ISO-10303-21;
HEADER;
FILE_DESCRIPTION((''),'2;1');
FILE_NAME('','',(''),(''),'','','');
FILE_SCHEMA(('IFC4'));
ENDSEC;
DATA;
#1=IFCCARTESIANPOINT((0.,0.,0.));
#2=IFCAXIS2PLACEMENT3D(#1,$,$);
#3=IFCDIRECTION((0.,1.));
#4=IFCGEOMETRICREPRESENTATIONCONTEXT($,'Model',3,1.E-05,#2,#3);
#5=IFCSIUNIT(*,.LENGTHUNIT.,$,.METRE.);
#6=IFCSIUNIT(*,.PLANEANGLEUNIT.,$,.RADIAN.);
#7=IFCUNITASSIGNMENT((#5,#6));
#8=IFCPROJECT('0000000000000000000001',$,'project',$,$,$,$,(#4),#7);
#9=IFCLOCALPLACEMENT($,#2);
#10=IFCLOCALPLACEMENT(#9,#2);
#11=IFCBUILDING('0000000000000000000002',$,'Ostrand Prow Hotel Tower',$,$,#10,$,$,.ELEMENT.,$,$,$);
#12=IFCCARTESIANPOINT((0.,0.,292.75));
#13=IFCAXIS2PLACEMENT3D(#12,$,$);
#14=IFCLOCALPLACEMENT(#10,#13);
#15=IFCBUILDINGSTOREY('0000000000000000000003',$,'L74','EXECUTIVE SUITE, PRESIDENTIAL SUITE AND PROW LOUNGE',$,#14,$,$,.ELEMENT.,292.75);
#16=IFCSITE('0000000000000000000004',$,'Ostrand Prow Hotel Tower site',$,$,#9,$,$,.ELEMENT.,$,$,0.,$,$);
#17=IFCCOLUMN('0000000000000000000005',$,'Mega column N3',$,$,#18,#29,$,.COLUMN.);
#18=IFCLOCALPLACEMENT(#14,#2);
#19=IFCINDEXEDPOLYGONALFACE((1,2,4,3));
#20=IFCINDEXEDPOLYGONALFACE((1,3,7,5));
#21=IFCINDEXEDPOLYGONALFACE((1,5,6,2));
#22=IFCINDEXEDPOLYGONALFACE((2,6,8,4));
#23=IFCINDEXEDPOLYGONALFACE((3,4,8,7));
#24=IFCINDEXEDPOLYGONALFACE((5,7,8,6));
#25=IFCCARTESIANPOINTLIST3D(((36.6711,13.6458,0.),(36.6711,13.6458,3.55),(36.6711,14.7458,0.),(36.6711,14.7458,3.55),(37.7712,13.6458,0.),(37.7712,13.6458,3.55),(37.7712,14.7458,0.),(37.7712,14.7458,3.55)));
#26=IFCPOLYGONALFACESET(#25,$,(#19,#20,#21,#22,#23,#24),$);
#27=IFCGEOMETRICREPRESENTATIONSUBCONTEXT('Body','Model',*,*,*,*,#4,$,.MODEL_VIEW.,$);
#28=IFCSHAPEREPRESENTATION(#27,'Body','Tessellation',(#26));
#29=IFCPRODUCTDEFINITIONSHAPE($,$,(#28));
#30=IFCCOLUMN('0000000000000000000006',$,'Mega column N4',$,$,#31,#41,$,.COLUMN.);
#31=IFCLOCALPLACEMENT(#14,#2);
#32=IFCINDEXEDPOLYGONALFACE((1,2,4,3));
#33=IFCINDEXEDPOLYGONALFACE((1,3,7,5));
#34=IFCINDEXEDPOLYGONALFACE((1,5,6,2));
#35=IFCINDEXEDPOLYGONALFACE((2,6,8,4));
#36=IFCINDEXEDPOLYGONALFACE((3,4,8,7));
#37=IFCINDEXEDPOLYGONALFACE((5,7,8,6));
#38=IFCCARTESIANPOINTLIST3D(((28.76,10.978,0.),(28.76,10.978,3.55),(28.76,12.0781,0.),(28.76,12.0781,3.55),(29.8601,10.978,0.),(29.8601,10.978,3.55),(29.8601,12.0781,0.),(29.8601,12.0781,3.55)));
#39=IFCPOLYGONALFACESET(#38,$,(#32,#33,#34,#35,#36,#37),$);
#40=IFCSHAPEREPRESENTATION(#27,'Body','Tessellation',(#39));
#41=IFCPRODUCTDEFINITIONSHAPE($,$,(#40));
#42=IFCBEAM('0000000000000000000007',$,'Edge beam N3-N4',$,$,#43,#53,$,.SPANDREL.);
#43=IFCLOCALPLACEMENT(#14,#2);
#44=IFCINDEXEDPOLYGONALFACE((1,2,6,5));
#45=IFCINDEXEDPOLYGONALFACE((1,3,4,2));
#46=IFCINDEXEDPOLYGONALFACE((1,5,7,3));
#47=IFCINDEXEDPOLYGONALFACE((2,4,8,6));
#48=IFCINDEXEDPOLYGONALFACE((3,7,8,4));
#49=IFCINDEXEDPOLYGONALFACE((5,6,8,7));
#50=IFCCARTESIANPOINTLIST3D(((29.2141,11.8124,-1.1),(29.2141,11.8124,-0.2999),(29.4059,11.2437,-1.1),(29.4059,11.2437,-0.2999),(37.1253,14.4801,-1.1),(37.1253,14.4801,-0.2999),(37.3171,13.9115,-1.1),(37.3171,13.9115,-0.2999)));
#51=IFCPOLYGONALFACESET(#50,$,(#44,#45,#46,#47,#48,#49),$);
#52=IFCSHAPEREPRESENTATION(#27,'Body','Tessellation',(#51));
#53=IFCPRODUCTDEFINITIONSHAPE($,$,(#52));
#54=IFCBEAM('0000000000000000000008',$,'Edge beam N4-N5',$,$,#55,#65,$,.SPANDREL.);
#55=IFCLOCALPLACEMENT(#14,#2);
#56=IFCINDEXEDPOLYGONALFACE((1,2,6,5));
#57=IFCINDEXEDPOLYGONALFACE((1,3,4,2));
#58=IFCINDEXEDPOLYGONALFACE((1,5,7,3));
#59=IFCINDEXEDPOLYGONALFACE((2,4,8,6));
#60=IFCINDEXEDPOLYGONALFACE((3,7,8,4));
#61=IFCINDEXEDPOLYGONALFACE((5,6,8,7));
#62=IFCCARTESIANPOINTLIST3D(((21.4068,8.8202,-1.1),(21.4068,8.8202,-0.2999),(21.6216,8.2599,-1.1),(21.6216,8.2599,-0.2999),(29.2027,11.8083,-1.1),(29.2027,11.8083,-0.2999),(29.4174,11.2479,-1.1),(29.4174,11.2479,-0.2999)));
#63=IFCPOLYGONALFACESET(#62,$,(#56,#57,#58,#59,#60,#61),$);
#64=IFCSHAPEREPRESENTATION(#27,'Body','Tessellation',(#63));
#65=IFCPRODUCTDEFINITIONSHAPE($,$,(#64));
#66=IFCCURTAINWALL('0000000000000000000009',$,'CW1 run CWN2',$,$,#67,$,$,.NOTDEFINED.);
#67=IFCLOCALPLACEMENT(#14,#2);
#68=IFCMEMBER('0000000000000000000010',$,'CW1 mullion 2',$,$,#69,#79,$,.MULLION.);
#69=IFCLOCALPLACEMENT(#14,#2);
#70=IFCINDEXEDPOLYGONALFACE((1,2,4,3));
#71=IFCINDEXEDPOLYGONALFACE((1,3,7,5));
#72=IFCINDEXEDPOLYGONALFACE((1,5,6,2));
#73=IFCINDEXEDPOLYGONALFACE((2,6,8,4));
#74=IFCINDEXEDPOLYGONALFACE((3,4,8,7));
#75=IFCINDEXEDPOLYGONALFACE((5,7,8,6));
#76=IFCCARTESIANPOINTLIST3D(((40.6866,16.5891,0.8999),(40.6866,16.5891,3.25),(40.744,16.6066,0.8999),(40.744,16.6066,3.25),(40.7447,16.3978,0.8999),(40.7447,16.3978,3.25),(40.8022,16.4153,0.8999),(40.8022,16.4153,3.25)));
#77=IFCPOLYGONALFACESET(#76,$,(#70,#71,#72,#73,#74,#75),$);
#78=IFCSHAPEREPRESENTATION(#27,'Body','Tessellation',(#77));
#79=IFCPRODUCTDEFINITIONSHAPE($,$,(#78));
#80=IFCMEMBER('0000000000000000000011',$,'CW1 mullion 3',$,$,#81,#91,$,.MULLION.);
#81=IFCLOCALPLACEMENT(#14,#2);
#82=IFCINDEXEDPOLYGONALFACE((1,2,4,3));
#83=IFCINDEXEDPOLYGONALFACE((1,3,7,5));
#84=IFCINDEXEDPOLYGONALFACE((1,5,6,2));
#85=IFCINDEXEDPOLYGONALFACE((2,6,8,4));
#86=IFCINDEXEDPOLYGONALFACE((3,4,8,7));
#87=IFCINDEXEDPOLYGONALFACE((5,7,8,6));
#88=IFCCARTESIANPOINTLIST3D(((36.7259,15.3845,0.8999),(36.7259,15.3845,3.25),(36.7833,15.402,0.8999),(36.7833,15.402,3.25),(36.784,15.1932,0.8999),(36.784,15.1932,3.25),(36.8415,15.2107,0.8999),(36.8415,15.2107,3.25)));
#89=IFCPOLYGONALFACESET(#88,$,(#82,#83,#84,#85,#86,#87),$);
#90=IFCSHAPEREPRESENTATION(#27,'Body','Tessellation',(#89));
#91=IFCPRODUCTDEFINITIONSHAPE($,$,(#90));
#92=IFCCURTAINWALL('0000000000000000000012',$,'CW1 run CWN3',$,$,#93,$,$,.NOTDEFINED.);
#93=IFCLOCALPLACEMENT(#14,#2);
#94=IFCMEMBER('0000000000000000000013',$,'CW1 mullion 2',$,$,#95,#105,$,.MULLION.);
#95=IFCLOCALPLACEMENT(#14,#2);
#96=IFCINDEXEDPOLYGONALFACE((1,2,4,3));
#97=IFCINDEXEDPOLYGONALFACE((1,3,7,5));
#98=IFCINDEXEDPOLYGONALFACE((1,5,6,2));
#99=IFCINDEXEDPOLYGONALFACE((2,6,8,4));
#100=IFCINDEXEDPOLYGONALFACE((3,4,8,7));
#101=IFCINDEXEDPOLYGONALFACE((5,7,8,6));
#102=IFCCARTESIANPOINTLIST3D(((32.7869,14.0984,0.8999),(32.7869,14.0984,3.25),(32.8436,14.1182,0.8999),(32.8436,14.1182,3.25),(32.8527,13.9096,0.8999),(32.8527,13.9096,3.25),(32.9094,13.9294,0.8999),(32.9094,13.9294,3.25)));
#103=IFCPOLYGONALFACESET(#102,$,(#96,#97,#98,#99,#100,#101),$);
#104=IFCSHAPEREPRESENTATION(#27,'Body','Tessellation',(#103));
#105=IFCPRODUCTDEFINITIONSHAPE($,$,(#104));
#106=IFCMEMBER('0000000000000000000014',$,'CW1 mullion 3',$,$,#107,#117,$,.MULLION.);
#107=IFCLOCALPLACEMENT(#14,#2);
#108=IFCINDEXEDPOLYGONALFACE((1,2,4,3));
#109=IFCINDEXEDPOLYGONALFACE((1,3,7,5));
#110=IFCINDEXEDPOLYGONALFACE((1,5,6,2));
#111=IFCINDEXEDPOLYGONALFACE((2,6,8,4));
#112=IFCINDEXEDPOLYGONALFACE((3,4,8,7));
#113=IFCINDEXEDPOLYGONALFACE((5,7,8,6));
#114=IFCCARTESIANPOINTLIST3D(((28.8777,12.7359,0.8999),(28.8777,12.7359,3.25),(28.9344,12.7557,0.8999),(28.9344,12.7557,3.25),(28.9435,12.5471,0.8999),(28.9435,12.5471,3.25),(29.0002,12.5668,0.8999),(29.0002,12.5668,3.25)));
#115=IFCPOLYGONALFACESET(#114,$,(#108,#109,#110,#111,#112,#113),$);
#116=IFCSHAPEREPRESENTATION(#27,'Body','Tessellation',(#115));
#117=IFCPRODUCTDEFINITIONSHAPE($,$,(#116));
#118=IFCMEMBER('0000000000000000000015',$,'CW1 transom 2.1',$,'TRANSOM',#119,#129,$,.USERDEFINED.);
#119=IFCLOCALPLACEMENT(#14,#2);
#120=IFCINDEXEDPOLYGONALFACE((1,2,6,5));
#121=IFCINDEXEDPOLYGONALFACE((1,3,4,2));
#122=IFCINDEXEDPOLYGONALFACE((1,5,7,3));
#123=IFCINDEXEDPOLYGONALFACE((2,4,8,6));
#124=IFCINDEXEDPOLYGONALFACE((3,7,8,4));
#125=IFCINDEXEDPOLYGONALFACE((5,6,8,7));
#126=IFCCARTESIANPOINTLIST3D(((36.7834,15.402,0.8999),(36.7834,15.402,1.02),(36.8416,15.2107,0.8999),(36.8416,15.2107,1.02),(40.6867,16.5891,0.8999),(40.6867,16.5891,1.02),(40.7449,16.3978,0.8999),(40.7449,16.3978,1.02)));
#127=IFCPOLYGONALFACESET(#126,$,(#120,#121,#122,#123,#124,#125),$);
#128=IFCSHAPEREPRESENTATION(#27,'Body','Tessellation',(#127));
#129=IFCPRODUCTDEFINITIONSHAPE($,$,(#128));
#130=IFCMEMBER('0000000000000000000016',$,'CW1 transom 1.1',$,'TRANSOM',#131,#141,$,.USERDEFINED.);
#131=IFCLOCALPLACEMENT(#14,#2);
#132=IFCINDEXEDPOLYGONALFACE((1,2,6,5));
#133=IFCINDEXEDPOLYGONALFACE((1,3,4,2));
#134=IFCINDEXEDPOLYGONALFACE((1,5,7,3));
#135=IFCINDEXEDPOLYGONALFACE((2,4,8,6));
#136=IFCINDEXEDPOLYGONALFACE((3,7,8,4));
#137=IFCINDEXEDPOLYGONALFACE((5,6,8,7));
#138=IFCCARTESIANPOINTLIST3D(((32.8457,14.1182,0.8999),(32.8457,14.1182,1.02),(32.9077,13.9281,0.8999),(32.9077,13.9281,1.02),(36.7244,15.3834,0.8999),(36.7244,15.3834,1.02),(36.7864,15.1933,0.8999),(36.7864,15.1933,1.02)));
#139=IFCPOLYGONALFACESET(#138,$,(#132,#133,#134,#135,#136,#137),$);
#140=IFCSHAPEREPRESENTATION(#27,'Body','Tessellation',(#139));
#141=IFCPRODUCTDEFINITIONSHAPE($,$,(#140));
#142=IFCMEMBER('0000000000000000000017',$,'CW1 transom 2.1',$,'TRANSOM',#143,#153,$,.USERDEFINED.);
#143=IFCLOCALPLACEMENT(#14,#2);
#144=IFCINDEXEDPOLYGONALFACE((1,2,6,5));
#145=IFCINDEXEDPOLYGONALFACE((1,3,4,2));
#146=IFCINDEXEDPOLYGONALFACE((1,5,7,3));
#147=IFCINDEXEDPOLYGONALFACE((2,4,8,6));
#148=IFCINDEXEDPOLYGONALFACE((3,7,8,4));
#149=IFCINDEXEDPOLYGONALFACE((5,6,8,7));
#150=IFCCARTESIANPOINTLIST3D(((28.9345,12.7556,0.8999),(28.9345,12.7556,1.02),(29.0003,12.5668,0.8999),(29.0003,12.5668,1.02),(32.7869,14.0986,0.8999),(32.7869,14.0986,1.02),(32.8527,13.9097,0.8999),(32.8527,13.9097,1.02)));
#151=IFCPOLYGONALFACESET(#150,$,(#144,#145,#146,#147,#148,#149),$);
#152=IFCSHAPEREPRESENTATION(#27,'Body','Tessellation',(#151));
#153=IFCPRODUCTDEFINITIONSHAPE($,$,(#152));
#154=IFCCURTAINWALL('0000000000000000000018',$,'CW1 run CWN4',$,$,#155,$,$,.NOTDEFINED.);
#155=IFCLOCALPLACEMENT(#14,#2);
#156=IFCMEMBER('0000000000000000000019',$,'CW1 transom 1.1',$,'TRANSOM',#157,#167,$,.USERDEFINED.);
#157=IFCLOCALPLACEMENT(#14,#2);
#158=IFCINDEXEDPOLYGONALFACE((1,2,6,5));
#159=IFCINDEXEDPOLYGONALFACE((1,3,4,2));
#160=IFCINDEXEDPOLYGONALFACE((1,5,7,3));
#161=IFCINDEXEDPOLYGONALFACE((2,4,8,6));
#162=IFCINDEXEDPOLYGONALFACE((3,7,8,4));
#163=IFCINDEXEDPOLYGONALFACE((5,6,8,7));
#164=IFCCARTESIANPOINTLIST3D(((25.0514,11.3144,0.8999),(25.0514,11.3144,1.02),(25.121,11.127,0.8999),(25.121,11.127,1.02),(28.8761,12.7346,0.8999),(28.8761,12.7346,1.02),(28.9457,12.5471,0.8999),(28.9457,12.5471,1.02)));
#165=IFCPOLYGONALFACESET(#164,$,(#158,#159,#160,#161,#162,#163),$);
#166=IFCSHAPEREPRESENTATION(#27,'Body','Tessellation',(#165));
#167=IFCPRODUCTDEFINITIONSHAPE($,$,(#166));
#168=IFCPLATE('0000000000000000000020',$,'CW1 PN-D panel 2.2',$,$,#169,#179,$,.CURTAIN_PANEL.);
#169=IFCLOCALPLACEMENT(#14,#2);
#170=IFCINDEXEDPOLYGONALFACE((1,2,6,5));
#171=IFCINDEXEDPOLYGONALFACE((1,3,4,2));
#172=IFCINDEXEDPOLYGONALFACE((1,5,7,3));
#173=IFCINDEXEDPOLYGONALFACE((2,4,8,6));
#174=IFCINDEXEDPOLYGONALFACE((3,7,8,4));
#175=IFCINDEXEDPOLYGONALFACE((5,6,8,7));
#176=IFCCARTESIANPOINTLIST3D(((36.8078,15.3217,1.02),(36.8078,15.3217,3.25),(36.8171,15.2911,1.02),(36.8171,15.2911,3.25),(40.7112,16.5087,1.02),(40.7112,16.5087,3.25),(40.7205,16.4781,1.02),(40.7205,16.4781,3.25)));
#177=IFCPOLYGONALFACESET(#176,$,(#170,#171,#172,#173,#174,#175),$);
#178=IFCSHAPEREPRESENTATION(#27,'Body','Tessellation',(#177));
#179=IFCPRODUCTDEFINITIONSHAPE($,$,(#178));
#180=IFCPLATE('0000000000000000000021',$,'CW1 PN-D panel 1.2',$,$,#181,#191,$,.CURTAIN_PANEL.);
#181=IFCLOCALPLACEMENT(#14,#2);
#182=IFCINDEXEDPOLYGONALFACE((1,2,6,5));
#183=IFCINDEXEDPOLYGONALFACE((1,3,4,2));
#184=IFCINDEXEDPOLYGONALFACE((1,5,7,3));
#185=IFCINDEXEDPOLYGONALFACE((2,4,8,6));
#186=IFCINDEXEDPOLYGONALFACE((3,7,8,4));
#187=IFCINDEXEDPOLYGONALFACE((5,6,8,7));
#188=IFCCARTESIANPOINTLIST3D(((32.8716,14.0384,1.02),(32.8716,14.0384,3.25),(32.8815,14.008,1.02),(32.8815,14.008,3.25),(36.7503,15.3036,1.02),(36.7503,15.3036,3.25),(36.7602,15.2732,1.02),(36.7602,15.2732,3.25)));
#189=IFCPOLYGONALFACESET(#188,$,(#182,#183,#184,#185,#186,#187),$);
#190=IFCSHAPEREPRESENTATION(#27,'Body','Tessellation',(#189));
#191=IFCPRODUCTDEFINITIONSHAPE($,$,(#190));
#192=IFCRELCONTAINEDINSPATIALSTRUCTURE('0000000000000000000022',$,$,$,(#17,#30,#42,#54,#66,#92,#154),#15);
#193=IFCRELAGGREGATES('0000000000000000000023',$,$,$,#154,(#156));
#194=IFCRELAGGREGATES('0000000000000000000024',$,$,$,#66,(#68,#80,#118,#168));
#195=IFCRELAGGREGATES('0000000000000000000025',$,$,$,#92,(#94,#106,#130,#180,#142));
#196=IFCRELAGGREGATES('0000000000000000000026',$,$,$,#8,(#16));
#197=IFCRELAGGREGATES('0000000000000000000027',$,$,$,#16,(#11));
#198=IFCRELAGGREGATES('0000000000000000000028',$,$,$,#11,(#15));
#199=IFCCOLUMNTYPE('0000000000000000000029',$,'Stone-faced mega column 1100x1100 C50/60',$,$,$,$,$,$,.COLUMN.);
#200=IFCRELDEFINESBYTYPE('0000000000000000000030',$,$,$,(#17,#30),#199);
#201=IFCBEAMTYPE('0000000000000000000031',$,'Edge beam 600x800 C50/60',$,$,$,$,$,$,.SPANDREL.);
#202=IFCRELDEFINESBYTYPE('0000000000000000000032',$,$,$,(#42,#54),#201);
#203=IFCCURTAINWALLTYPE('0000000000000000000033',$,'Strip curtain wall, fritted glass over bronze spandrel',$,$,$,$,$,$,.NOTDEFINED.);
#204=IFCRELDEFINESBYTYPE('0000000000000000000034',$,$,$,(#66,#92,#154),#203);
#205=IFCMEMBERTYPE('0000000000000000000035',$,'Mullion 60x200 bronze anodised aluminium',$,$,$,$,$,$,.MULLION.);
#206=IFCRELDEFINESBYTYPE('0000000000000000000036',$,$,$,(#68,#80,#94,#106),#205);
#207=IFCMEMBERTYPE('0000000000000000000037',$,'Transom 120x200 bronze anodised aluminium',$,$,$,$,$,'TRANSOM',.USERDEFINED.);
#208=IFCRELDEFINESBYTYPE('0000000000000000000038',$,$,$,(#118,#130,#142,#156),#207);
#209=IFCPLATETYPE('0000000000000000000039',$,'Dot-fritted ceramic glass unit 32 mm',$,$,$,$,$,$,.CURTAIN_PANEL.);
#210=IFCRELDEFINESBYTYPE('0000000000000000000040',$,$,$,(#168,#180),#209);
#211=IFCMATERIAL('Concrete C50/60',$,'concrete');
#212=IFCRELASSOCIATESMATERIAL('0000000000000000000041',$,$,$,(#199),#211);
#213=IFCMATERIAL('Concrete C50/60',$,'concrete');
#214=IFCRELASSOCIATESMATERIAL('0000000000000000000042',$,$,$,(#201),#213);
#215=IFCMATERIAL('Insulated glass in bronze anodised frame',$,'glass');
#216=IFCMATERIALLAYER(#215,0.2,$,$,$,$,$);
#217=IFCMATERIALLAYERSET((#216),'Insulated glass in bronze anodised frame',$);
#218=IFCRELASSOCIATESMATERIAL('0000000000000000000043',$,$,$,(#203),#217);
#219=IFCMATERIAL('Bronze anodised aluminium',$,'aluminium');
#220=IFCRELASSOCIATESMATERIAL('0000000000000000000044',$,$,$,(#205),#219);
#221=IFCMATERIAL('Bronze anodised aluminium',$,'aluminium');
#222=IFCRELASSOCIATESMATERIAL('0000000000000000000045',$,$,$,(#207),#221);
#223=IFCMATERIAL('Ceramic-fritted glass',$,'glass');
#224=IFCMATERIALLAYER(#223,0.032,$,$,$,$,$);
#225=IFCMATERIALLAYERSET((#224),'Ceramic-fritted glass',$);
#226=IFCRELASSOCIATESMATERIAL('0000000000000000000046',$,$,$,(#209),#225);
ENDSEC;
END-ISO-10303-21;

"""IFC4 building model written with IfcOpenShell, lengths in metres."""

from ifc_helpers import new_model, si_unit, direction, frame, origin, origin_2d, place, context, subcontext, project, spatial, rectangle, extrude, material, layer, layer_set, material_profile, profile_set, type_object, element, aggregate, save


model = new_model("IFC4")

# Units and contexts
model_context = context("Model", 3, precision=1e-05, world=origin(), true_north=direction((0.0, 1.0)))
body_context = subcontext(model_context, "Body", "Model", "MODEL_VIEW")
ifc_project = project(units=[si_unit("LENGTHUNIT", "METRE"), si_unit("PLANEANGLEUNIT", "RADIAN")], contexts=[model_context])

# Site, building, storey
site_placement = place(None, origin())
site = spatial("IfcSite", under=ifc_project, at=site_placement, Name="Ostrand Prow Hotel Tower site", CompositionType="ELEMENT", RefElevation=0.0)
building_placement = place(site_placement, origin())
building = spatial("IfcBuilding", under=site, at=building_placement, Name="Ostrand Prow Hotel Tower", CompositionType="ELEMENT")
storey_placement = place(building_placement, frame((0.0, 0.0, 292.75)))
storey = spatial("IfcBuildingStorey", under=building, at=storey_placement, Name="L74", Description="EXECUTIVE SUITE, PRESIDENTIAL SUITE AND PROW LOUNGE", CompositionType="ELEMENT", Elevation=292.75)

# Columns
ifc_material_1 = material(Name="Concrete C50/60", Category="concrete")
ifc_material_profile_1 = material_profile(ifc_material_1, rectangle(XDim=1.1001, YDim=1.1001, at=origin_2d()), Name="RC 1100x1100")
ifc_profile_set_1 = profile_set([ifc_material_profile_1], Name="Concrete C50/60")
column_type = type_object("IfcColumnType", Name="Stone-faced mega column 1100x1100 C50/60", PredefinedType="COLUMN", material=ifc_profile_set_1)
for number, where, z_axis, x_axis, name in (
    (1, (37.2212, 14.1958, 0.0), (0.0, 0.0, 1.0), (1.0, 0.0, 0.0), "Mega column N3"),
    (2, (29.3101, 11.5281, 0.0), (0.0, 0.0, 1.0), (1.0, 0.0, 0.0), "Mega column N4"),
):
    element("IfcColumn", number, at=place(storey_placement, frame(where, z_axis=z_axis, x_axis=x_axis)), inside=storey, type_object=column_type, Name=name, PredefinedType="COLUMN", context=body_context, shape_type="SweptSolid", body=[
        extrude(rectangle(XDim=1.1001, YDim=1.1001, at=origin_2d()), origin(), (0.0, 0.0, 1.0), 3.55),
    ])

# Beams
ifc_material_2 = material(Name="Concrete C50/60", Category="concrete")
ifc_material_profile_2 = material_profile(ifc_material_2, rectangle(XDim=0.6001, YDim=0.8, at=origin_2d()), Name="RC 600x800")
ifc_profile_set_2 = profile_set([ifc_material_profile_2], Name="Concrete C50/60")
beam_type = type_object("IfcBeamType", Name="Edge beam 600x800 C50/60", PredefinedType="SPANDREL", material=ifc_profile_set_2)
for number, where, z_axis, x_axis, name in (
    (3, (37.2212, 14.1958, -0.7), (-0.947575, -0.319533, 0.0), (0.319533, -0.947575, 0.0), "Edge beam N3-N4"),
    (4, (29.3101, 11.5281, -0.7), (-0.933762, -0.357895, 0.0), (0.357895, -0.933762, 0.0), "Edge beam N4-N5"),
):
    element("IfcBeam", number, at=place(storey_placement, frame(where, z_axis=z_axis, x_axis=x_axis)), inside=storey, type_object=beam_type, Name=name, PredefinedType="SPANDREL", context=body_context, shape_type="SweptSolid", body=[
        extrude(rectangle(XDim=0.6001, YDim=0.8, at=origin_2d()), origin(), (0.0, 0.0, 1.0), 8.3489),
    ])

# Curtain walls, members
ifc_material_3 = material(Name="Insulated glass in bronze anodised frame", Category="glass")
ifc_layer_1 = layer(ifc_material_3, 0.2)
ifc_layer_set_1 = layer_set([ifc_layer_1], Name="Insulated glass in bronze anodised frame")
curtain_wall_type = type_object("IfcCurtainWallType", Name="Strip curtain wall, fritted glass over bronze spandrel", PredefinedType="NOTDEFINED", material=ifc_layer_set_1)
curtain_wall_1_placement = place(storey_placement, origin())
curtain_wall_1 = element("IfcCurtainWall", 5, at=curtain_wall_1_placement, inside=storey, type_object=curtain_wall_type, Name="CW1 run CWN2", PredefinedType="NOTDEFINED")
ifc_material_4 = material(Name="Bronze anodised aluminium", Category="aluminium")
ifc_material_profile_3 = material_profile(ifc_material_4, rectangle(XDim=0.2, YDim=0.0601, at=origin_2d()), Name="Mullion 60x200 bronze anodised aluminium")
ifc_profile_set_3 = profile_set([ifc_material_profile_3], Name="Bronze anodised aluminium")
member_type_1 = type_object("IfcMemberType", Name="Mullion 60x200 bronze anodised aluminium", PredefinedType="MULLION", material=ifc_profile_set_3)
member_1_placement = place(storey_placement, frame((40.7444, 16.5022, 0.8999), z_axis=(0.0, 0.0, 1.0), x_axis=(0.290938, -0.956742, 0.0)))
member_1 = element("IfcMember", 6, at=member_1_placement, type_object=member_type_1, Name="CW1 mullion 2", PredefinedType="MULLION", context=body_context, shape_type="SweptSolid", body=[
    extrude(rectangle(XDim=0.2, YDim=0.0601, at=origin_2d()), origin(), (0.0, 0.0, 1.0), 2.3501),
])
member_2_placement = place(storey_placement, frame((36.7837, 15.2976, 0.8999), z_axis=(0.0, 0.0, 1.0), x_axis=(0.290938, -0.956742, 0.0)))
member_2 = element("IfcMember", 7, at=member_2_placement, type_object=member_type_1, Name="CW1 mullion 3", PredefinedType="MULLION", context=body_context, shape_type="SweptSolid", body=[
    extrude(rectangle(XDim=0.2, YDim=0.0601, at=origin_2d()), origin(), (0.0, 0.0, 1.0), 2.3501),
])
curtain_wall_2_placement = place(storey_placement, origin())
curtain_wall_2 = element("IfcCurtainWall", 8, at=curtain_wall_2_placement, inside=storey, type_object=curtain_wall_type, Name="CW1 run CWN3", PredefinedType="NOTDEFINED")
member_3_placement = place(storey_placement, frame((32.8481, 14.0139, 0.8999), z_axis=(0.0, 0.0, 1.0), x_axis=(0.329158, -0.944275, 0.0)))
member_3 = element("IfcMember", 9, at=member_3_placement, type_object=member_type_1, Name="CW1 mullion 2", PredefinedType="MULLION", context=body_context, shape_type="SweptSolid", body=[
    extrude(rectangle(XDim=0.2, YDim=0.0601, at=origin_2d()), origin(), (0.0, 0.0, 1.0), 2.3501),
])
member_4_placement = place(storey_placement, frame((28.939, 12.6514, 0.8999), z_axis=(0.0, 0.0, 1.0), x_axis=(0.329158, -0.944275, 0.0)))
member_4 = element("IfcMember", 10, at=member_4_placement, type_object=member_type_1, Name="CW1 mullion 3", PredefinedType="MULLION", context=body_context, shape_type="SweptSolid", body=[
    extrude(rectangle(XDim=0.2, YDim=0.0601, at=origin_2d()), origin(), (0.0, 0.0, 1.0), 2.3501),
])

# Members
ifc_material_5 = material(Name="Bronze anodised aluminium", Category="aluminium")
ifc_material_profile_4 = material_profile(ifc_material_5, rectangle(XDim=0.2, YDim=0.1201, at=origin_2d()), Name="Transom 120x200 bronze anodised aluminium")
ifc_profile_set_4 = profile_set([ifc_material_profile_4], Name="Bronze anodised aluminium")
member_type_2 = type_object("IfcMemberType", Name="Transom 120x200 bronze anodised aluminium", ElementType="TRANSOM", PredefinedType="USERDEFINED", material=ifc_profile_set_4)
member_5_placement = place(storey_placement, frame((40.7158, 16.4934, 0.96), z_axis=(-0.956739, -0.290947, 0.0), x_axis=(0.290947, -0.956739, 0.0)))
member_5 = element("IfcMember", 11, at=member_5_placement, type_object=member_type_2, Name="CW1 transom 2.1", ObjectType="TRANSOM", PredefinedType="USERDEFINED", context=body_context, shape_type="SweptSolid", body=[
    extrude(rectangle(XDim=0.2, YDim=0.1201, at=origin_2d()), origin(), (0.0, 0.0, 1.0), 4.0798),
])
member_6_placement = place(storey_placement, frame((36.7554, 15.2883, 0.96), z_axis=(-0.950704, -0.310099, 0.0), x_axis=(0.310099, -0.950704, 0.0)))
member_6 = element("IfcMember", 12, at=member_6_placement, type_object=member_type_2, Name="CW1 transom 1.1", ObjectType="TRANSOM", PredefinedType="USERDEFINED", context=body_context, shape_type="SweptSolid", body=[
    extrude(rectangle(XDim=0.2, YDim=0.1201, at=origin_2d()), origin(), (0.0, 0.0, 1.0), 4.0798),
])
member_7_placement = place(storey_placement, frame((32.8198, 14.0042, 0.96), z_axis=(-0.944268, -0.329177, 0.0), x_axis=(0.329177, -0.944268, 0.0)))
member_7 = element("IfcMember", 13, at=member_7_placement, type_object=member_type_2, Name="CW1 transom 2.1", ObjectType="TRANSOM", PredefinedType="USERDEFINED", context=body_context, shape_type="SweptSolid", body=[
    extrude(rectangle(XDim=0.2, YDim=0.1201, at=origin_2d()), origin(), (0.0, 0.0, 1.0), 4.0798),
])

# Curtain wall, member
curtain_wall_3_placement = place(storey_placement, origin())
curtain_wall_3 = element("IfcCurtainWall", 14, at=curtain_wall_3_placement, inside=storey, type_object=curtain_wall_type, Name="CW1 run CWN4", PredefinedType="NOTDEFINED")
member_8_placement = place(storey_placement, frame((28.9109, 12.6409, 0.96), z_axis=(-0.93746, -0.348092, 0.0), x_axis=(0.348092, -0.93746, 0.0)))
member_8 = element("IfcMember", 15, at=member_8_placement, type_object=member_type_2, Name="CW1 transom 1.1", ObjectType="TRANSOM", PredefinedType="USERDEFINED", context=body_context, shape_type="SweptSolid", body=[
    extrude(rectangle(XDim=0.2, YDim=0.1201, at=origin_2d()), origin(), (0.0, 0.0, 1.0), 4.0798),
])
aggregate(curtain_wall_3, [member_8])

# Plates
ifc_material_6 = material(Name="Ceramic-fritted glass", Category="glass")
ifc_layer_2 = layer(ifc_material_6, 0.032)
ifc_layer_set_2 = layer_set([ifc_layer_2], Name="Ceramic-fritted glass")
plate_type_1 = type_object("IfcPlateType", Name="Dot-fritted ceramic glass unit 32 mm", PredefinedType="CURTAIN_PANEL", material=ifc_layer_set_2)
plate_1_placement = place(storey_placement, frame((38.7642, 15.8999, 1.02), z_axis=(0.0, 0.0, 1.0), x_axis=(-0.956742, -0.290938, 0.0)))
plate_1 = element("IfcPlate", 16, at=plate_1_placement, type_object=plate_type_1, Name="CW1 PN-D panel 2.2", PredefinedType="CURTAIN_PANEL", context=body_context, shape_type="SweptSolid", body=[
    extrude(rectangle(XDim=4.0798, YDim=0.032, at=origin_2d()), origin(), (0.0, 0.0, 1.0), 2.23),
])
plate_2_placement = place(storey_placement, frame((34.8159, 14.6558, 1.02), z_axis=(0.0, 0.0, 1.0), x_axis=(-0.9507, -0.310111, 0.0)))
plate_2 = element("IfcPlate", 17, at=plate_2_placement, type_object=plate_type_1, Name="CW1 PN-D panel 1.2", PredefinedType="CURTAIN_PANEL", context=body_context, shape_type="SweptSolid", body=[
    extrude(rectangle(XDim=4.0798, YDim=0.032, at=origin_2d()), origin(), (0.0, 0.0, 1.0), 2.23),
])
aggregate(curtain_wall_1, [member_1, member_2, member_5, plate_1])
aggregate(curtain_wall_2, [member_3, member_4, member_6, plate_2, member_7])

save(model, "model.ifc")
